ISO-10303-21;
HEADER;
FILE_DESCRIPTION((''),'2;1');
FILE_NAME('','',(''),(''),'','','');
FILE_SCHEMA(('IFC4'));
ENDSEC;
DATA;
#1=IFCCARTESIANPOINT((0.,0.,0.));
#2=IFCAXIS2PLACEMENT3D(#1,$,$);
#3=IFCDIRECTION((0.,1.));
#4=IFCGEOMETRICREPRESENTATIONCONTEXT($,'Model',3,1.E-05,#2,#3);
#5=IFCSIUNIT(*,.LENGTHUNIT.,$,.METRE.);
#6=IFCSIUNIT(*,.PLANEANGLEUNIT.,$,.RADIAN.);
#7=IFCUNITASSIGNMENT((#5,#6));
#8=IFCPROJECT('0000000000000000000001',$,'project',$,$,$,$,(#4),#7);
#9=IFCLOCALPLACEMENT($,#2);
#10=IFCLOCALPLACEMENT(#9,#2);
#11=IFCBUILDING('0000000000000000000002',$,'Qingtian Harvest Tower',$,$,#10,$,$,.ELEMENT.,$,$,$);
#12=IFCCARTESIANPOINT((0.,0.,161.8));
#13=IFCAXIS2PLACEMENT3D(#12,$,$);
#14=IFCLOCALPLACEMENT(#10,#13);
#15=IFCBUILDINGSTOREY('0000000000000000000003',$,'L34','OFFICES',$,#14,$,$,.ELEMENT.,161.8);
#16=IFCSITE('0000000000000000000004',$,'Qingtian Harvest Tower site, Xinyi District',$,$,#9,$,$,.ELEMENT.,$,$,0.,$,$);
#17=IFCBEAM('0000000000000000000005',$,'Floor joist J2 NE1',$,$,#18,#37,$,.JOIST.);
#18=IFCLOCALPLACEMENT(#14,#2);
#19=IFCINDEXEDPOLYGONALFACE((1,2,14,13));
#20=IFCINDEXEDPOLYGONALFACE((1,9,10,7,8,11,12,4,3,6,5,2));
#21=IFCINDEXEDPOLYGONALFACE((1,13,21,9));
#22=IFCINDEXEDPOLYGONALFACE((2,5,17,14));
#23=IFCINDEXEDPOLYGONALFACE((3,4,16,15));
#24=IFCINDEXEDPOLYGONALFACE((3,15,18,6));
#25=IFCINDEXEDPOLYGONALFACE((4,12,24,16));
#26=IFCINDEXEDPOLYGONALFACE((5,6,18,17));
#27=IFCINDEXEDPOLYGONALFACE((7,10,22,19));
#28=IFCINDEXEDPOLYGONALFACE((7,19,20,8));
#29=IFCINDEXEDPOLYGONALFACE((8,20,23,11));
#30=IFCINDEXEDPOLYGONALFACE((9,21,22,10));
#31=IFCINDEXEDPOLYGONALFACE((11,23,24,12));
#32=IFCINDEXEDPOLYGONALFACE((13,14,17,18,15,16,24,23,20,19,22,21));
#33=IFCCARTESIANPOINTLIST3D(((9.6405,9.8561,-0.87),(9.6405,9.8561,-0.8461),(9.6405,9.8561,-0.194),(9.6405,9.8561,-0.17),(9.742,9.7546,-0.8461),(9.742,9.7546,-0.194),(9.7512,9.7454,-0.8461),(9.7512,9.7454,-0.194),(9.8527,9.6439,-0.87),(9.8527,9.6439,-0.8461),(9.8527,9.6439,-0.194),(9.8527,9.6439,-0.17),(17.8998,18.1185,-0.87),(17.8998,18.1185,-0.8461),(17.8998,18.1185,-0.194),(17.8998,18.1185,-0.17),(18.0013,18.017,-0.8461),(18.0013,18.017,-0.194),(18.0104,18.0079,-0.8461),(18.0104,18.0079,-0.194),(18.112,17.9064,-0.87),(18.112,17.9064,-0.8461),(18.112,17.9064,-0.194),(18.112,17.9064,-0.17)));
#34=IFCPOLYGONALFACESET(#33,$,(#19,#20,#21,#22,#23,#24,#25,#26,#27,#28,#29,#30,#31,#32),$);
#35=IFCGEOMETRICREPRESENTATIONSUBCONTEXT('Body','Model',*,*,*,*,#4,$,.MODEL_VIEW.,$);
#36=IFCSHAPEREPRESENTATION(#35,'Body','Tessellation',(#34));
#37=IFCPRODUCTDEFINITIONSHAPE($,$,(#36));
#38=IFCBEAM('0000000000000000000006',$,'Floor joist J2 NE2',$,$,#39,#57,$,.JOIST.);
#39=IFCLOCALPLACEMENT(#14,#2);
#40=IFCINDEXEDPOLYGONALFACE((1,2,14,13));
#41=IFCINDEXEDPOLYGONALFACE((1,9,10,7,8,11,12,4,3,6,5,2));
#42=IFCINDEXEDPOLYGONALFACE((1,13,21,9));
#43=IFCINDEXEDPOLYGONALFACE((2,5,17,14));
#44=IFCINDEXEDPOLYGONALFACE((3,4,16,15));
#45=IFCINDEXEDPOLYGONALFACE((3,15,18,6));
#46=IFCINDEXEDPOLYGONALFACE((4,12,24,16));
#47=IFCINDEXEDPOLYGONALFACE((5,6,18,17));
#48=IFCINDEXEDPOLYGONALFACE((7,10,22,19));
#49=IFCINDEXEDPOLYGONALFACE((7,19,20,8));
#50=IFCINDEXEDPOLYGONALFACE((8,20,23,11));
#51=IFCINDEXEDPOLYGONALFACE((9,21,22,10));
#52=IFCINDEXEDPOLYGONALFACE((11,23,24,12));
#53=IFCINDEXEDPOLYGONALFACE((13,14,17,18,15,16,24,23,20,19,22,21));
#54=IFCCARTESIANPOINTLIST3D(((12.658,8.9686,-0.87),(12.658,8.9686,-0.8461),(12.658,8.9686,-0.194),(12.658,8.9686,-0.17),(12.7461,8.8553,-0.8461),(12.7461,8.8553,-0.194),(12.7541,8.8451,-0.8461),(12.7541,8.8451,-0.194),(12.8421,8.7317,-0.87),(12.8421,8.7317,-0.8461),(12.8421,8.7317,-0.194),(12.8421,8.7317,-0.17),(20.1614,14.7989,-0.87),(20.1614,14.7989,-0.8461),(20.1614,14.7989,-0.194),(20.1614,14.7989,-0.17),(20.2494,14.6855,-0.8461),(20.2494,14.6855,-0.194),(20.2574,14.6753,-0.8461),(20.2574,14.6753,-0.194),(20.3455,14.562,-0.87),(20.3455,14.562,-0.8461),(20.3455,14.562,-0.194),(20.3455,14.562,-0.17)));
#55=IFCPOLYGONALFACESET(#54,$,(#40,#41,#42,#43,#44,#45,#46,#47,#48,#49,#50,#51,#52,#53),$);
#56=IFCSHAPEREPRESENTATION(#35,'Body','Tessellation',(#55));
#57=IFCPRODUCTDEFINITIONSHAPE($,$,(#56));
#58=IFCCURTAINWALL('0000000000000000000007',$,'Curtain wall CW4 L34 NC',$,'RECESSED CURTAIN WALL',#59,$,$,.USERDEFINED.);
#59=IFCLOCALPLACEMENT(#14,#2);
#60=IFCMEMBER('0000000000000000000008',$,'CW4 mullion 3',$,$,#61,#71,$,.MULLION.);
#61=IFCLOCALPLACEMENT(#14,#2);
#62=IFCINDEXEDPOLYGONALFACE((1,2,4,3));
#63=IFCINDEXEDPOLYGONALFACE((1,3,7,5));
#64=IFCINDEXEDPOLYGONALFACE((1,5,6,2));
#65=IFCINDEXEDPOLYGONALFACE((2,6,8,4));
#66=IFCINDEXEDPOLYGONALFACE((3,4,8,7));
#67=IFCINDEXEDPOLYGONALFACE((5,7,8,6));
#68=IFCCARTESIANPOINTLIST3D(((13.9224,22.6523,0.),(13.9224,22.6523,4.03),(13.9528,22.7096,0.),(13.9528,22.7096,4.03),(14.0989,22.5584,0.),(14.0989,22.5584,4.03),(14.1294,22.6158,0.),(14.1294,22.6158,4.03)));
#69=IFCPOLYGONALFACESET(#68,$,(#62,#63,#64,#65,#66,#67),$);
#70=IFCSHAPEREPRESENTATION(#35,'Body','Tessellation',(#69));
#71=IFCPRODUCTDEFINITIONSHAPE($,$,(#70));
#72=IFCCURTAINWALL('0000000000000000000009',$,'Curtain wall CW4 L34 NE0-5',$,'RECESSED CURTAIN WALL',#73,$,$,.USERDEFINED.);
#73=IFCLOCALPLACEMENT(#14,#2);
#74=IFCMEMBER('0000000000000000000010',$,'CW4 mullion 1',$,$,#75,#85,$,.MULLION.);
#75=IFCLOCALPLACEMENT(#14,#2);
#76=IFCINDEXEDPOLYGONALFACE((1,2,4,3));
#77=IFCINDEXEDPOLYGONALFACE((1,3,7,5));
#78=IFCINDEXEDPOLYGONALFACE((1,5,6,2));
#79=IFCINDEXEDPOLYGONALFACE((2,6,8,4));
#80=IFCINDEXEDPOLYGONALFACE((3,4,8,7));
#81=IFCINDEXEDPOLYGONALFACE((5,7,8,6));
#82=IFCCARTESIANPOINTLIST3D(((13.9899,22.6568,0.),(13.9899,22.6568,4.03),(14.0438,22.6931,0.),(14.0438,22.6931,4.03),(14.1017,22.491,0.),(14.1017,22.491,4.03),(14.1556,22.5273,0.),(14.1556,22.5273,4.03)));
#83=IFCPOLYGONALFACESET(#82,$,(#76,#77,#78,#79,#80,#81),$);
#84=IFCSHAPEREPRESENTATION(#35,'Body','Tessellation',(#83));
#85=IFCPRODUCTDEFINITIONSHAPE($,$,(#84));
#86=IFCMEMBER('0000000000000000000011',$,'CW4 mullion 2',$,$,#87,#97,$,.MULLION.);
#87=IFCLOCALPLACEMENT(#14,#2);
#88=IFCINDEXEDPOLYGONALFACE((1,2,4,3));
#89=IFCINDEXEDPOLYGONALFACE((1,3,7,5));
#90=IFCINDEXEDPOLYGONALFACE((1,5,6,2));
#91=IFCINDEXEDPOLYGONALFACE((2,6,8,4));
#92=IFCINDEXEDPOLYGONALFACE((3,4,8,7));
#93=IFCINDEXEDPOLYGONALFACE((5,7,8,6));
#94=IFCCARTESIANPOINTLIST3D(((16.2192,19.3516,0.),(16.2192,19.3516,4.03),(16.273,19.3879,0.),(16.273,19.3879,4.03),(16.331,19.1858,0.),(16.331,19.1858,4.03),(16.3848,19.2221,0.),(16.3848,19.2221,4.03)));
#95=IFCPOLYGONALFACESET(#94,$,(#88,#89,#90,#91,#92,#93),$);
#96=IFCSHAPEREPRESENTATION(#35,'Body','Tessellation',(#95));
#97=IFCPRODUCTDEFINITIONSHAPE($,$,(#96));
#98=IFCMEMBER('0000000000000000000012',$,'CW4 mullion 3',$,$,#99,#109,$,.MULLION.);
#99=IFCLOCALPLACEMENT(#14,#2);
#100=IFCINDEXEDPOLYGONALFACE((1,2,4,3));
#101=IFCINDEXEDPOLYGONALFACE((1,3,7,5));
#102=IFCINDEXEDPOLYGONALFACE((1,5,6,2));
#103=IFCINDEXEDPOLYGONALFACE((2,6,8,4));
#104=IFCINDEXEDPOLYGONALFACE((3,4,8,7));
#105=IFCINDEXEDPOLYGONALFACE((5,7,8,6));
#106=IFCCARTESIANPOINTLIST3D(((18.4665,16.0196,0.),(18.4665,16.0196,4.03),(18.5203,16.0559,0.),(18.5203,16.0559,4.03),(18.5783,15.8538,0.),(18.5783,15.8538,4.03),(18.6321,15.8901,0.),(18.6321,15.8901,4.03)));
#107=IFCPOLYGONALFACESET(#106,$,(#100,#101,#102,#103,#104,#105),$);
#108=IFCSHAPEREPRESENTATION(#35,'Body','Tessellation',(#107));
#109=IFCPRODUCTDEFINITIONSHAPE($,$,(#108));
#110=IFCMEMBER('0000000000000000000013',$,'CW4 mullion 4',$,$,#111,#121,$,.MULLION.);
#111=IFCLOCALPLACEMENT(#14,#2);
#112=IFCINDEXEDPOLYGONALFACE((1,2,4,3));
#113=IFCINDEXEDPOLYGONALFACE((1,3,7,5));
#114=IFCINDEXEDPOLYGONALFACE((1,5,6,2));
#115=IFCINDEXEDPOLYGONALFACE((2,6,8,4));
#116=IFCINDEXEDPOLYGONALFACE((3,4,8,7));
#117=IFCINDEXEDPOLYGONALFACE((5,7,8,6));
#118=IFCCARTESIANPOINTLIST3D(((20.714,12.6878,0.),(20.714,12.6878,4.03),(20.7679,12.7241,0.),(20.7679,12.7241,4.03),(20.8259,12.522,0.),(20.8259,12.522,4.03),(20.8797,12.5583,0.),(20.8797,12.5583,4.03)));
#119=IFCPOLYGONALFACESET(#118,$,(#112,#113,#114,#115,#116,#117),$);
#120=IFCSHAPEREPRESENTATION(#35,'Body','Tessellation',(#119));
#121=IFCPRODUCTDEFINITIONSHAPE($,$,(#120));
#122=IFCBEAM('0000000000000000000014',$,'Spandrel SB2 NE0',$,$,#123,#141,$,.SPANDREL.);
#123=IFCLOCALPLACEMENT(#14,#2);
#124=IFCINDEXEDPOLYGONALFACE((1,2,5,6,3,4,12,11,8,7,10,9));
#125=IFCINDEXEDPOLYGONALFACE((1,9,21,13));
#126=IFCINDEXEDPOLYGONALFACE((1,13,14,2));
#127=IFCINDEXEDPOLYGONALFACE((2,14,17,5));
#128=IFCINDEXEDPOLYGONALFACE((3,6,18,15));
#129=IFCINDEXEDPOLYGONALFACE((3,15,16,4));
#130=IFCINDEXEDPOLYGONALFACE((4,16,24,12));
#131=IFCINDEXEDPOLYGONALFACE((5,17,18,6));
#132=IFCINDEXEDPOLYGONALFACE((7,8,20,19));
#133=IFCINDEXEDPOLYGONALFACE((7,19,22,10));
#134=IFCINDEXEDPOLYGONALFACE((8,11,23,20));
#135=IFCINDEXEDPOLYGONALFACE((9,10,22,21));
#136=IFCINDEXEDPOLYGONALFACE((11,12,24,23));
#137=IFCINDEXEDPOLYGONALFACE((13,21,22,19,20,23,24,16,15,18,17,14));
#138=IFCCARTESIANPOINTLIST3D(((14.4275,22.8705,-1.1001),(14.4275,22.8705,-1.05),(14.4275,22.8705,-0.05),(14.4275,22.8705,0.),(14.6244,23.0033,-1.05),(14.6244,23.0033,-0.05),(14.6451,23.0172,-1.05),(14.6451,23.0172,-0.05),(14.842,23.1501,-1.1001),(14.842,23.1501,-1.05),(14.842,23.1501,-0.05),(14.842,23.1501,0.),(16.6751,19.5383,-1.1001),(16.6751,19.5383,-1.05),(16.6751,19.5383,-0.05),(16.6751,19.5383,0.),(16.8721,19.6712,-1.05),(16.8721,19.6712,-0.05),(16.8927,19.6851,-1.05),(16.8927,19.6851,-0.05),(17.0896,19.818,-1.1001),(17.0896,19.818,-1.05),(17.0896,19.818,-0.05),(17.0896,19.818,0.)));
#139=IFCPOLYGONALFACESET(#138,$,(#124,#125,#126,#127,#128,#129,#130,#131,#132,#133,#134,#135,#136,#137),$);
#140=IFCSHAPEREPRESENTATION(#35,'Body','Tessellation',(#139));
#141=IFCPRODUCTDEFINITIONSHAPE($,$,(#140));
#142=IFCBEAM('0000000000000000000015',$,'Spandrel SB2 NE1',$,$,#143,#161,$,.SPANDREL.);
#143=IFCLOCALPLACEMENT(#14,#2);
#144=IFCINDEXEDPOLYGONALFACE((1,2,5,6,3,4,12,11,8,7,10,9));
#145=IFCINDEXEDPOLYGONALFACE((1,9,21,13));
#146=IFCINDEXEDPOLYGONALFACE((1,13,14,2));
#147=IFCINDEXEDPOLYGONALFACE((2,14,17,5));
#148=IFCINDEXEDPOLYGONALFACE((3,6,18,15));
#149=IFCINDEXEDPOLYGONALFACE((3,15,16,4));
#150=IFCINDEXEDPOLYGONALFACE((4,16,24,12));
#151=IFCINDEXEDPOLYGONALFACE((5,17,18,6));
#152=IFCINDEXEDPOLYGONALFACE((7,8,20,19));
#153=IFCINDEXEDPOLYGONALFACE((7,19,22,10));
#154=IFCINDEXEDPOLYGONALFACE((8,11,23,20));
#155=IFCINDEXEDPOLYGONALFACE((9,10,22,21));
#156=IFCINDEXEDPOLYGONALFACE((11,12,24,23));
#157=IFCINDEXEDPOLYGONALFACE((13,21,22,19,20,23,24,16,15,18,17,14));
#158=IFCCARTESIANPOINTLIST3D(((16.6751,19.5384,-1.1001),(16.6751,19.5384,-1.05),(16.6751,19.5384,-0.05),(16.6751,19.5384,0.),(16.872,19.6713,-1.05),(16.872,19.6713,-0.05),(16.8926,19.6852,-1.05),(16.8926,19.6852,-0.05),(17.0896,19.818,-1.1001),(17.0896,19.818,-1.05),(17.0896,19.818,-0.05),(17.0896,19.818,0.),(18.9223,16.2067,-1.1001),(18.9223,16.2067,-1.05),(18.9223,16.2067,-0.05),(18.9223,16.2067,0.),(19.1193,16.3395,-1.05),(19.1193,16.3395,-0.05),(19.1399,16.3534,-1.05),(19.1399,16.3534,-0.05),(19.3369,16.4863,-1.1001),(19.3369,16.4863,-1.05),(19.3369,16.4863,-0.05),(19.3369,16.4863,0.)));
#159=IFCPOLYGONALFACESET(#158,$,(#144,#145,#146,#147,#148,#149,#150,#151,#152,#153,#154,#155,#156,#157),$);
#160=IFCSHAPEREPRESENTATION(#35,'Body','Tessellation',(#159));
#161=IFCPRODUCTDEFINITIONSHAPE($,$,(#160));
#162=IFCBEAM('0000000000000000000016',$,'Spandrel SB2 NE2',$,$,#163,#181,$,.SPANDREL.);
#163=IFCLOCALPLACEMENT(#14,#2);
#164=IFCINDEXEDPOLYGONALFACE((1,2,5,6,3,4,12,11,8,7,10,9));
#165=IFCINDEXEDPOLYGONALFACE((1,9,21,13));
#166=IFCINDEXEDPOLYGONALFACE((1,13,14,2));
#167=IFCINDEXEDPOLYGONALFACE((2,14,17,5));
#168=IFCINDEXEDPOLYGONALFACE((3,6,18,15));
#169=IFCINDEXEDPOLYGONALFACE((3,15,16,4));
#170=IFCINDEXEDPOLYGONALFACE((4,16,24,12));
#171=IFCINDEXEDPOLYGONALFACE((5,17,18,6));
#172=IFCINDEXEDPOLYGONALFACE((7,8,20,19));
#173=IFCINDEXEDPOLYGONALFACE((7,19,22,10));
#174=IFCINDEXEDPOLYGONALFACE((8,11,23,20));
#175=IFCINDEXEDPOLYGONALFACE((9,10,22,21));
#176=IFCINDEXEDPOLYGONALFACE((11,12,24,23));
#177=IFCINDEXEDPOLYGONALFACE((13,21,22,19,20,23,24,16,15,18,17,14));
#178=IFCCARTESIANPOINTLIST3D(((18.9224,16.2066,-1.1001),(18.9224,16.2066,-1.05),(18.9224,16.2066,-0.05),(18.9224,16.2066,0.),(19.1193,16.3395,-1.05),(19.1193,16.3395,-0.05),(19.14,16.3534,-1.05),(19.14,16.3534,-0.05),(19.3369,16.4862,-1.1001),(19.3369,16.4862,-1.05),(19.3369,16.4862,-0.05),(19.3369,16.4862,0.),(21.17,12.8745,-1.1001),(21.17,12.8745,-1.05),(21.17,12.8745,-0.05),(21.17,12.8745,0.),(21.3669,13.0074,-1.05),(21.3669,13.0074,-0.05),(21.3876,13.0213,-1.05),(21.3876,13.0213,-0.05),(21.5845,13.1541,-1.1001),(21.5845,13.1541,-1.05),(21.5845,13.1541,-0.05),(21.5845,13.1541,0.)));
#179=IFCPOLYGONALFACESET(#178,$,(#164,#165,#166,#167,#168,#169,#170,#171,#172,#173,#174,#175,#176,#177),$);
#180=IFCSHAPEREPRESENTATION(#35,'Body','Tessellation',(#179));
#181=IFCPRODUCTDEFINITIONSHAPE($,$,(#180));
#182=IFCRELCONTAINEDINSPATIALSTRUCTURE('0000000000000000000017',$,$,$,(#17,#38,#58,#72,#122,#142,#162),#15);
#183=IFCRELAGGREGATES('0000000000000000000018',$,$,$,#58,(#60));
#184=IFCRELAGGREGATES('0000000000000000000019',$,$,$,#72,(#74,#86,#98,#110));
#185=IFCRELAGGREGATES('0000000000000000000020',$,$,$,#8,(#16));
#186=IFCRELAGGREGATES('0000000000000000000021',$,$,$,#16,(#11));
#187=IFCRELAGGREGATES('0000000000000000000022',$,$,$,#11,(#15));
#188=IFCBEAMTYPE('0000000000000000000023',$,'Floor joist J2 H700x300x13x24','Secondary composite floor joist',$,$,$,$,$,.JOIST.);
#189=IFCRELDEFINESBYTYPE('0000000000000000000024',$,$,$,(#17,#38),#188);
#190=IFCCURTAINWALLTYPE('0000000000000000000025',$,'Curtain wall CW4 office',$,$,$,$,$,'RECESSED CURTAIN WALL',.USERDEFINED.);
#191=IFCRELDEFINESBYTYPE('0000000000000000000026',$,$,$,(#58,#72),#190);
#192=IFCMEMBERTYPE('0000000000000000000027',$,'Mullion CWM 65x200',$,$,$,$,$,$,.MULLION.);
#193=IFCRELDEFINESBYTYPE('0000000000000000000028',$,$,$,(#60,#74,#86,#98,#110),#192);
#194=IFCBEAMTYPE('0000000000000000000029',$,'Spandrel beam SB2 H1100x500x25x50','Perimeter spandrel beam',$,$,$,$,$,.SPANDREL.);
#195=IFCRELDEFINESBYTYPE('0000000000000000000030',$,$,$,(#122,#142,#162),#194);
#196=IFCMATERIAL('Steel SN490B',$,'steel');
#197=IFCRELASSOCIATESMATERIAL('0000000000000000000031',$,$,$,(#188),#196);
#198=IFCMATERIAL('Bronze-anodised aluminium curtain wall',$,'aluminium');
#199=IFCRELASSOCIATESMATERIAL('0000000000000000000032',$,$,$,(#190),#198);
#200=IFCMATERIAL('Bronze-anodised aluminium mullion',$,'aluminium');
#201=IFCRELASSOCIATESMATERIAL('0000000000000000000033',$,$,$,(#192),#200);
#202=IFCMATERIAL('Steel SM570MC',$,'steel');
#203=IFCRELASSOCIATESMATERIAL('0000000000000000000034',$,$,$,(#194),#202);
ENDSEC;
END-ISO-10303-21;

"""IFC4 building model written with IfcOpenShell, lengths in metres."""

from ifc_helpers import new_model, si_unit, direction, frame, origin, origin_2d, place, context, subcontext, project, spatial, rectangle, i_section, extrude, material, material_profile, profile_set, type_object, element, aggregate, save


model = new_model("IFC4")

# Units and contexts
model_context = context("Model", 3, precision=1e-05, world=origin(), true_north=direction((0.0, 1.0)))
body_context = subcontext(model_context, "Body", "Model", "MODEL_VIEW")
ifc_project = project(units=[si_unit("LENGTHUNIT", "METRE"), si_unit("PLANEANGLEUNIT", "RADIAN")], contexts=[model_context])

# Site, building, storey
site_placement = place(None, origin())
site = spatial("IfcSite", under=ifc_project, at=site_placement, Name="Qingtian Harvest Tower site, Xinyi District", CompositionType="ELEMENT", RefElevation=0.0)
building_placement = place(site_placement, origin())
building = spatial("IfcBuilding", under=site, at=building_placement, Name="Qingtian Harvest Tower", CompositionType="ELEMENT")
storey_placement = place(building_placement, frame((0.0, 0.0, 161.8)))
storey = spatial("IfcBuildingStorey", under=building, at=storey_placement, Name="L34", Description="OFFICES", CompositionType="ELEMENT", Elevation=161.8)

# Beams
ifc_material_1 = material(Name="Steel SN490B", Category="steel")
ifc_material_profile_1 = material_profile(ifc_material_1, i_section(OverallWidth=0.3, OverallDepth=0.7, WebThickness=0.0129, FlangeThickness=0.0239, at=origin_2d()), Name="H700x300x13x24")
ifc_profile_set_1 = profile_set([ifc_material_profile_1], Name="Steel SN490B")
beam_type_1 = type_object("IfcBeamType", Name="Floor joist J2 H700x300x13x24", Description="Secondary composite floor joist", PredefinedType="JOIST", material=ifc_profile_set_1)
beam_1_placement = place(storey_placement, frame((18.0059, 18.0125, -0.52), z_axis=(-0.706971, -0.707243, 0.0), x_axis=(0.707243, -0.706971, 0.0)))
element("IfcBeam", 1, at=beam_1_placement, inside=storey, type_object=beam_type_1, Name="Floor joist J2 NE1", PredefinedType="JOIST", context=body_context, shape_type="SweptSolid", body=[
    extrude(i_section(OverallWidth=0.3, OverallDepth=0.7, WebThickness=0.0129, FlangeThickness=0.0239, at=origin_2d()), origin(), (0.0, 0.0, 1.0), 11.6826),
])
beam_2_placement = place(storey_placement, frame((20.2534, 14.6804, -0.52), z_axis=(-0.789641, -0.613569, 0.0), x_axis=(0.613569, -0.789641, 0.0)))
element("IfcBeam", 2, at=beam_2_placement, inside=storey, type_object=beam_type_1, Name="Floor joist J2 NE2", PredefinedType="JOIST", context=body_context, shape_type="SweptSolid", body=[
    extrude(i_section(OverallWidth=0.3, OverallDepth=0.7, WebThickness=0.0129, FlangeThickness=0.0239, at=origin_2d()), origin(), (0.0, 0.0, 1.0), 9.5022),
])

# Curtain wall, member
ifc_material_2 = material(Name="Bronze-anodised aluminium curtain wall", Category="aluminium")
curtain_wall_type = type_object("IfcCurtainWallType", Name="Curtain wall CW4 office", ElementType="RECESSED CURTAIN WALL", PredefinedType="USERDEFINED", material=ifc_material_2)
curtain_wall_1_placement = place(storey_placement, origin())
curtain_wall_1 = element("IfcCurtainWall", 3, at=curtain_wall_1_placement, inside=storey, type_object=curtain_wall_type, Name="Curtain wall CW4 L34 NC", ObjectType="RECESSED CURTAIN WALL", PredefinedType="USERDEFINED")
ifc_material_3 = material(Name="Bronze-anodised aluminium mullion", Category="aluminium")
ifc_material_profile_2 = material_profile(ifc_material_3, rectangle(XDim=0.0649, YDim=0.2, at=origin_2d()), Name="AL 65x200")
ifc_profile_set_2 = profile_set([ifc_material_profile_2], Name="Bronze-anodised aluminium mullion")
member_type_1 = type_object("IfcMemberType", Name="Mullion CWM 65x200", PredefinedType="MULLION", material=ifc_profile_set_2)
member_1_placement = place(storey_placement, frame((14.0259, 22.634, 0.0), z_axis=(0.0, 0.0, 1.0), x_axis=(0.469472, 0.882948, 0.0)))
member_1 = element("IfcMember", 4, at=member_1_placement, type_object=member_type_1, Name="CW4 mullion 3", PredefinedType="MULLION", context=body_context, shape_type="SweptSolid", body=[
    extrude(rectangle(XDim=0.0649, YDim=0.2, at=origin_2d()), origin(), (0.0, 0.0, 1.0), 4.03),
])

# Curtain wall, members
curtain_wall_2_placement = place(storey_placement, origin())
curtain_wall_2 = element("IfcCurtainWall", 5, at=curtain_wall_2_placement, inside=storey, type_object=curtain_wall_type, Name="Curtain wall CW4 L34 NE0-5", ObjectType="RECESSED CURTAIN WALL", PredefinedType="USERDEFINED")
member_2_placement = place(storey_placement, frame((14.0728, 22.592, 0.0), z_axis=(0.0, 0.0, 1.0), x_axis=(0.829038, 0.559193, 0.0)))
member_2 = element("IfcMember", 6, at=member_2_placement, type_object=member_type_1, Name="CW4 mullion 1", PredefinedType="MULLION", context=body_context, shape_type="SweptSolid", body=[
    extrude(rectangle(XDim=0.0649, YDim=0.2, at=origin_2d()), origin(), (0.0, 0.0, 1.0), 4.03),
])
member_3_placement = place(storey_placement, frame((16.302, 19.2869, 0.0), z_axis=(0.0, 0.0, 1.0), x_axis=(0.829038, 0.559193, 0.0)))
member_3 = element("IfcMember", 7, at=member_3_placement, type_object=member_type_1, Name="CW4 mullion 2", PredefinedType="MULLION", context=body_context, shape_type="SweptSolid", body=[
    extrude(rectangle(XDim=0.0649, YDim=0.2, at=origin_2d()), origin(), (0.0, 0.0, 1.0), 4.03),
])
member_4_placement = place(storey_placement, frame((18.5493, 15.9548, 0.0), z_axis=(0.0, 0.0, 1.0), x_axis=(0.829038, 0.559193, 0.0)))
member_4 = element("IfcMember", 8, at=member_4_placement, type_object=member_type_1, Name="CW4 mullion 3", PredefinedType="MULLION", context=body_context, shape_type="SweptSolid", body=[
    extrude(rectangle(XDim=0.0649, YDim=0.2, at=origin_2d()), origin(), (0.0, 0.0, 1.0), 4.03),
])
member_5_placement = place(storey_placement, frame((20.7969, 12.623, 0.0), z_axis=(0.0, 0.0, 1.0), x_axis=(0.829038, 0.559193, 0.0)))
member_5 = element("IfcMember", 9, at=member_5_placement, type_object=member_type_1, Name="CW4 mullion 4", PredefinedType="MULLION", context=body_context, shape_type="SweptSolid", body=[
    extrude(rectangle(XDim=0.0649, YDim=0.2, at=origin_2d()), origin(), (0.0, 0.0, 1.0), 4.03),
])

# Beams
ifc_material_4 = material(Name="Steel SM570MC", Category="steel")
ifc_material_profile_3 = material_profile(ifc_material_4, i_section(OverallWidth=0.5, OverallDepth=1.1001, WebThickness=0.0249, FlangeThickness=0.05, at=origin_2d()), Name="H1100x500x25x50")
ifc_profile_set_3 = profile_set([ifc_material_profile_3], Name="Steel SM570MC")
beam_type_2 = type_object("IfcBeamType", Name="Spandrel beam SB2 H1100x500x25x50", Description="Perimeter spandrel beam", PredefinedType="SPANDREL", material=ifc_profile_set_3)
beam_3_placement = place(storey_placement, frame((14.6348, 23.0103, -0.55), z_axis=(0.559206, -0.829029, 0.0), x_axis=(0.829029, 0.559206, 0.0)))
element("IfcBeam", 10, at=beam_3_placement, inside=storey, type_object=beam_type_2, Name="Spandrel SB2 NE0", PredefinedType="SPANDREL", context=body_context, shape_type="SweptSolid", body=[
    extrude(i_section(OverallWidth=0.5, OverallDepth=1.1001, WebThickness=0.0249, FlangeThickness=0.05, at=origin_2d()), origin(), (0.0, 0.0, 1.0), 4.0193),
])
beam_4_placement = place(storey_placement, frame((16.8823, 19.6782, -0.55), z_axis=(0.559192, -0.829038, 0.0), x_axis=(0.829038, 0.559192, 0.0)))
element("IfcBeam", 11, at=beam_4_placement, inside=storey, type_object=beam_type_2, Name="Spandrel SB2 NE1", PredefinedType="SPANDREL", context=body_context, shape_type="SweptSolid", body=[
    extrude(i_section(OverallWidth=0.5, OverallDepth=1.1001, WebThickness=0.0249, FlangeThickness=0.05, at=origin_2d()), origin(), (0.0, 0.0, 1.0), 4.0188),
])
beam_5_placement = place(storey_placement, frame((19.1296, 16.3464, -0.55), z_axis=(0.559206, -0.829029, 0.0), x_axis=(0.829029, 0.559206, 0.0)))
element("IfcBeam", 12, at=beam_5_placement, inside=storey, type_object=beam_type_2, Name="Spandrel SB2 NE2", PredefinedType="SPANDREL", context=body_context, shape_type="SweptSolid", body=[
    extrude(i_section(OverallWidth=0.5, OverallDepth=1.1001, WebThickness=0.0249, FlangeThickness=0.05, at=origin_2d()), origin(), (0.0, 0.0, 1.0), 4.0193),
])

aggregate(curtain_wall_1, [member_1])
aggregate(curtain_wall_2, [member_2, member_3, member_4, member_5])

save(model, "model.ifc")
